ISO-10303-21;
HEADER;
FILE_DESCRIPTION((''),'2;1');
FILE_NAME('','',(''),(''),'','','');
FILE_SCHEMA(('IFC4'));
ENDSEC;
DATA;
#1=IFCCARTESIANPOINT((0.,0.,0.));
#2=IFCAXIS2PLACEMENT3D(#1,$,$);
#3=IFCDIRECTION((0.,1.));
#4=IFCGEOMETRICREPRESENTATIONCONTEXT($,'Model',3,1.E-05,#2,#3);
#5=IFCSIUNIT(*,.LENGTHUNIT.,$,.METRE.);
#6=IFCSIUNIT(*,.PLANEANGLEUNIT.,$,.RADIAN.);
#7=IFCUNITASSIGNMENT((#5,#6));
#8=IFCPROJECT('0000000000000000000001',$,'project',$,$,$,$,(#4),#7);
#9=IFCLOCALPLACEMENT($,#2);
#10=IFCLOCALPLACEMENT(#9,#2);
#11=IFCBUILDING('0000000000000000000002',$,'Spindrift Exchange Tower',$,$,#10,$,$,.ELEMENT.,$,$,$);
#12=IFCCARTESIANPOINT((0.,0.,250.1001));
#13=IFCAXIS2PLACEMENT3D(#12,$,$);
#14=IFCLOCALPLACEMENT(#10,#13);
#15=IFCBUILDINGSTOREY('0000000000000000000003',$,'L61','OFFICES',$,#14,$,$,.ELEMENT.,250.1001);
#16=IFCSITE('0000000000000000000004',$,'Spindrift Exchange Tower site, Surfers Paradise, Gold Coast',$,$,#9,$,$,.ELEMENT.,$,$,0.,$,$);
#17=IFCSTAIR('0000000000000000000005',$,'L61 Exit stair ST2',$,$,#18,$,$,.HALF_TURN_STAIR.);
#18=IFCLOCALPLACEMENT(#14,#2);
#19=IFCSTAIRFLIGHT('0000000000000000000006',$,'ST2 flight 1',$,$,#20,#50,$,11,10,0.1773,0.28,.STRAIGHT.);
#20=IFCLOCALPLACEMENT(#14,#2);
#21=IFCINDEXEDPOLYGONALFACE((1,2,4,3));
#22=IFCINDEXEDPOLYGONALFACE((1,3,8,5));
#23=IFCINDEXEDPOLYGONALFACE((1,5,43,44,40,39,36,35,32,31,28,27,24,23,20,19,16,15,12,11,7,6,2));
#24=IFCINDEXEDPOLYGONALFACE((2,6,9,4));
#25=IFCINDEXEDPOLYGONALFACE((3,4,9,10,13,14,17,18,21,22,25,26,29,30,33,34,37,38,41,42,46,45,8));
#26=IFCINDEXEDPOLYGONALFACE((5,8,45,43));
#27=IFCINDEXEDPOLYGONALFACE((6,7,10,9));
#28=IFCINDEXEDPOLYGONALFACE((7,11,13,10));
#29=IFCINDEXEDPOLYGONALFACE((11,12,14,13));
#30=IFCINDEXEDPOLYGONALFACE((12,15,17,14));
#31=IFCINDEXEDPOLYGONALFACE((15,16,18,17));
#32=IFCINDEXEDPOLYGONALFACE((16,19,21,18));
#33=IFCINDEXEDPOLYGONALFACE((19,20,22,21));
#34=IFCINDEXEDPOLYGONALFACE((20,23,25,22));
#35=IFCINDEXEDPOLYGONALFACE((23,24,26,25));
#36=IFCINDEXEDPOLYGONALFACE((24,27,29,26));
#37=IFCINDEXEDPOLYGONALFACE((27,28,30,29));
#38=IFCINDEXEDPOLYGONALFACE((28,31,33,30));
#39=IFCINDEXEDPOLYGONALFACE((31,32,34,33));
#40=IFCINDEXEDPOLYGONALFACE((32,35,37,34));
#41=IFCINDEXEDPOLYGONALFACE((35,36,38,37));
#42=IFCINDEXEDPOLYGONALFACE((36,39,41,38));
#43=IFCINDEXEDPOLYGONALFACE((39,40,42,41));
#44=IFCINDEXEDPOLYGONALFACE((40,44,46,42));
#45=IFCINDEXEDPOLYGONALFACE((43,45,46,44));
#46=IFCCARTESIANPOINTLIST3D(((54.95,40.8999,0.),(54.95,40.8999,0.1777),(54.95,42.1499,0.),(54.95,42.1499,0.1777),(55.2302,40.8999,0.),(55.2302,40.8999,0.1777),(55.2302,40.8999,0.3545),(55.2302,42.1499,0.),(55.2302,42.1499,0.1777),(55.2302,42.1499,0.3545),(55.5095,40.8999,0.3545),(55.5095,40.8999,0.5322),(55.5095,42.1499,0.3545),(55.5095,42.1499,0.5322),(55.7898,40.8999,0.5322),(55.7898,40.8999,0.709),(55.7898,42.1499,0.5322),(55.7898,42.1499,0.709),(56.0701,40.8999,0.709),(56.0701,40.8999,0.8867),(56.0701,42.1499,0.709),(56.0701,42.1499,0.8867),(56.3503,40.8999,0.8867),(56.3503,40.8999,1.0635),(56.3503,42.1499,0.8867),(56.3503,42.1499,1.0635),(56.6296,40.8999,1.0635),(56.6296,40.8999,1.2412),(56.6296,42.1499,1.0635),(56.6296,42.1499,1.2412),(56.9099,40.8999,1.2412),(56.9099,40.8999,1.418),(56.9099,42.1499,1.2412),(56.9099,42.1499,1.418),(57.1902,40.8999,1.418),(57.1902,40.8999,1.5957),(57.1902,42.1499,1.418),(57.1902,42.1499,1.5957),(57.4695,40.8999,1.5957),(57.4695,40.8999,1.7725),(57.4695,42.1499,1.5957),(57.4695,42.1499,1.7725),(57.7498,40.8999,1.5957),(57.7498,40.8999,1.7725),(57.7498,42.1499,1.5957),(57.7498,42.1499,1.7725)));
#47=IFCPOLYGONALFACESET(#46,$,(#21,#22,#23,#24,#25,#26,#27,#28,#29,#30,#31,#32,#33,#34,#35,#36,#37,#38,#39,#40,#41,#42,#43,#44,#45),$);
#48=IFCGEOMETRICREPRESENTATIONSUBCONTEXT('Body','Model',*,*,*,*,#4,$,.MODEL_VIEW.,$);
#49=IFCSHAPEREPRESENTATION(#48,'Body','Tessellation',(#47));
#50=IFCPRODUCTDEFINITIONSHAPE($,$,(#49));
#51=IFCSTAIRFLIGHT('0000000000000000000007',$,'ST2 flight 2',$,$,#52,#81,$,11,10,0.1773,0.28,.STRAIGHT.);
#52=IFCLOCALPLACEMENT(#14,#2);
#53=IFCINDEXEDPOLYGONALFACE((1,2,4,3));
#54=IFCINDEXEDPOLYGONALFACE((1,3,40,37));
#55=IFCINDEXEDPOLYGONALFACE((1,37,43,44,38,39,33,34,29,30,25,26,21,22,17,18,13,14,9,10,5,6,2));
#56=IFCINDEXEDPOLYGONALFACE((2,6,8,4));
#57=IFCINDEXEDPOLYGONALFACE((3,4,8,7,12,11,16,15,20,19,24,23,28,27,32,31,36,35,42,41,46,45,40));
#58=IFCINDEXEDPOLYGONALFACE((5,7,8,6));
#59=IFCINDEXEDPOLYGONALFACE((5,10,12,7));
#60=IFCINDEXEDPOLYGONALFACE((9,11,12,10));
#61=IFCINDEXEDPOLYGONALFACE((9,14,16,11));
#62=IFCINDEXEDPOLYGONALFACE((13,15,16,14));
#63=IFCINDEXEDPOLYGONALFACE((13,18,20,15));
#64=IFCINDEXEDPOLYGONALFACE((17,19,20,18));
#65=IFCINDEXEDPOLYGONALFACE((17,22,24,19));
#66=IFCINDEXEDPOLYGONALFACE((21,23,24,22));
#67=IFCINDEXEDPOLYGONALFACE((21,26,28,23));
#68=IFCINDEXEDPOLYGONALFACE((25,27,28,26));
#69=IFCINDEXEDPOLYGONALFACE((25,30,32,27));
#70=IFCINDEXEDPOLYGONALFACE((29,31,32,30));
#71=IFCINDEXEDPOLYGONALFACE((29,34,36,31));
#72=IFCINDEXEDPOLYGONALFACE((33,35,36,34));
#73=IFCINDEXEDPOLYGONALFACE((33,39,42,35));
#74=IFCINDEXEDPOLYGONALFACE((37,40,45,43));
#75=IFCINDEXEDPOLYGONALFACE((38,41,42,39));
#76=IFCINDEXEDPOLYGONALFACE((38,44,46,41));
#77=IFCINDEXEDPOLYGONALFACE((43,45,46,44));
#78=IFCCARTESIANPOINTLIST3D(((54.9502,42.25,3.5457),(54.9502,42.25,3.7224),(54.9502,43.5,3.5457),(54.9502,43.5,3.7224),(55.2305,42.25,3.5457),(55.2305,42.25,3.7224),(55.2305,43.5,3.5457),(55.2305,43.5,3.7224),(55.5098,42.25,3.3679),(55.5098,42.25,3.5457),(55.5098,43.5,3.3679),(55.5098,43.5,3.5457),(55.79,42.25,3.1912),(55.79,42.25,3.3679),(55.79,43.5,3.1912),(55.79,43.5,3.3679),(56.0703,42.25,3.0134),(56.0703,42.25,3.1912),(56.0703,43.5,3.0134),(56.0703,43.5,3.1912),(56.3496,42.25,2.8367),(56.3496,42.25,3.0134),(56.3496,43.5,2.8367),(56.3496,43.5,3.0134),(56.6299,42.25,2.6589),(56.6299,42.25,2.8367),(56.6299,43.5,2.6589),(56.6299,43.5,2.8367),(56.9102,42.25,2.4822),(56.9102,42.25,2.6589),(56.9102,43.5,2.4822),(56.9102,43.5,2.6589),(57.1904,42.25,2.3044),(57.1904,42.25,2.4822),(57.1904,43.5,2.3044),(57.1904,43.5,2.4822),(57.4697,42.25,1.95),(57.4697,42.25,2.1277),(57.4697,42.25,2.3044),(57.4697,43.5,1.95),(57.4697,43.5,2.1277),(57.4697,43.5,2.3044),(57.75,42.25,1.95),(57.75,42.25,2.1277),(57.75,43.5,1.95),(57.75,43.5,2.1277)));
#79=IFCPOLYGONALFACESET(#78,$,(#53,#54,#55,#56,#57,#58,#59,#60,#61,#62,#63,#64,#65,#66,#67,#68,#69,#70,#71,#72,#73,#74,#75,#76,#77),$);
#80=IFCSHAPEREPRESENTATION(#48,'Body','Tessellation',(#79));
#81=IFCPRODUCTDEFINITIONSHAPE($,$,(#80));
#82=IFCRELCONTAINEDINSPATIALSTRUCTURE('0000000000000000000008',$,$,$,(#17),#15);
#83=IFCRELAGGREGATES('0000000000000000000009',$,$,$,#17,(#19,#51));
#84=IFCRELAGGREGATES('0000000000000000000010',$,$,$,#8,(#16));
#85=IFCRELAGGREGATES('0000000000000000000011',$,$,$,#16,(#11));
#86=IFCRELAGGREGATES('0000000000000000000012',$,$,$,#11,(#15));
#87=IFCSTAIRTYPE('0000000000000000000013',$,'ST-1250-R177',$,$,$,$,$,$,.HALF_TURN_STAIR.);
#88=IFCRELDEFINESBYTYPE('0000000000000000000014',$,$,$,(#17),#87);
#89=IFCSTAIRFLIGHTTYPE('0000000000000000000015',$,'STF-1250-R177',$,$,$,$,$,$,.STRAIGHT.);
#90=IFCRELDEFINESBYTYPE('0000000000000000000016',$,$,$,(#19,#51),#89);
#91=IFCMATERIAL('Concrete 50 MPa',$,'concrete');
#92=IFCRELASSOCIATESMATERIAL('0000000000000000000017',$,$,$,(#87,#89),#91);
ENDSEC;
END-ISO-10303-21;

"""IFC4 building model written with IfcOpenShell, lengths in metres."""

from ifc_helpers import new_model, si_unit, direction, frame, origin, place, context, subcontext, project, spatial, line, indexed_curve, outline, extrude, material, type_object, element, aggregate, save


model = new_model("IFC4")

# Units and contexts
model_context = context("Model", 3, precision=1e-05, world=origin(), true_north=direction((0.0, 1.0)))
body_context = subcontext(model_context, "Body", "Model", "MODEL_VIEW")
ifc_project = project(units=[si_unit("LENGTHUNIT", "METRE"), si_unit("PLANEANGLEUNIT", "RADIAN")], contexts=[model_context])

# Site, building, storey
site_placement = place(None, origin())
site = spatial("IfcSite", under=ifc_project, at=site_placement, Name="Spindrift Exchange Tower site, Surfers Paradise, Gold Coast", CompositionType="ELEMENT", RefElevation=0.0)
building_placement = place(site_placement, origin())
building = spatial("IfcBuilding", under=site, at=building_placement, Name="Spindrift Exchange Tower", CompositionType="ELEMENT")
storey_placement = place(building_placement, frame((0.0, 0.0, 250.1001)))
storey = spatial("IfcBuildingStorey", under=building, at=storey_placement, Name="L61", Description="OFFICES", CompositionType="ELEMENT", Elevation=250.1001)

# Stair, stair flights
ifc_material_1 = material(Name="Concrete 50 MPa", Category="concrete")
stair_type = type_object("IfcStairType", Name="ST-1250-R177", PredefinedType="HALF_TURN_STAIR", material=ifc_material_1)
stair_placement = place(storey_placement, origin())
stair = element("IfcStair", 1, at=stair_placement, inside=storey, type_object=stair_type, Name="L61 Exit stair ST2", PredefinedType="HALF_TURN_STAIR")
stair_flight_type = type_object("IfcStairFlightType", Name="STF-1250-R177", PredefinedType="STRAIGHT", material=ifc_material_1)
stair_flight_1_placement = place(storey_placement, frame((54.95, 41.5249, 0.0), z_axis=(0.0, 0.0, 1.0), x_axis=(1.0, 0.0, 0.0)))
stair_flight_1 = element("IfcStairFlight", 2, at=stair_flight_1_placement, type_object=stair_flight_type, Name="ST2 flight 1", NumberOfRisers=11, NumberOfTreads=10, PredefinedType="STRAIGHT", RiserHeight=0.1773, TreadLength=0.28, context=body_context, shape_type="SweptSolid", body=[
    extrude(outline(indexed_curve([(0.0, 0.0), (0.0, 0.1777), (0.2803, 0.1777), (0.2803, 0.3545), (0.5596, 0.3545), (0.5596, 0.5322), (0.8398, 0.5322), (0.8398, 0.709), (1.1201, 0.709), (1.1201, 0.8867), (1.4004, 0.8867), (1.4004, 1.0635), (1.6797, 1.0635), (1.6797, 1.2412), (1.96, 1.2412), (1.96, 1.418), (2.2402, 1.418), (2.2402, 1.5957), (2.5195, 1.5957), (2.5195, 1.7725), (2.7998, 1.7725), (2.7998, 1.9502), (2.7998, 1.5957), (0.2803, 0.0)], segments=[line(1, 2, 3, 4, 5, 6, 7, 8, 9, 10, 11, 12, 13, 14, 15, 16, 17, 18, 19, 20, 21, 22, 23, 24, 1)], self_intersect=False)), frame((0.0, 0.625, 0.0), z_axis=(0.0, -1.0, 0.0), x_axis=(1.0, 0.0, 0.0)), (0.0, 0.0, 1.0), 1.25),
])
stair_flight_2_placement = place(storey_placement, frame((57.75, 42.875, 1.95), z_axis=(0.0, 0.0, 1.0), x_axis=(-1.0, 0.0, 0.0)))
stair_flight_2 = element("IfcStairFlight", 3, at=stair_flight_2_placement, type_object=stair_flight_type, Name="ST2 flight 2", NumberOfRisers=11, NumberOfTreads=10, PredefinedType="STRAIGHT", RiserHeight=0.1773, TreadLength=0.28, context=body_context, shape_type="SweptSolid", body=[
    extrude(outline(indexed_curve([(0.0, 0.0), (0.0, 0.1777), (0.2803, 0.1777), (0.2803, 0.3545), (0.5596, 0.3545), (0.5596, 0.5322), (0.8398, 0.5322), (0.8398, 0.709), (1.1201, 0.709), (1.1201, 0.8867), (1.4004, 0.8867), (1.4004, 1.0635), (1.6797, 1.0635), (1.6797, 1.2412), (1.96, 1.2412), (1.96, 1.418), (2.2402, 1.418), (2.2402, 1.5957), (2.5195, 1.5957), (2.5195, 1.7725), (2.7998, 1.7725), (2.7998, 1.9502), (2.7998, 1.5957), (0.2803, 0.0)], segments=[line(1, 2, 3, 4, 5, 6, 7, 8, 9, 10, 11, 12, 13, 14, 15, 16, 17, 18, 19, 20, 21, 22, 23, 24, 1)], self_intersect=False)), frame((0.0, 0.625, 0.0), z_axis=(0.0, -1.0, 0.0), x_axis=(1.0, 0.0, 0.0)), (0.0, 0.0, 1.0), 1.25),
])
aggregate(stair, [stair_flight_1, stair_flight_2])

save(model, "model.ifc")
